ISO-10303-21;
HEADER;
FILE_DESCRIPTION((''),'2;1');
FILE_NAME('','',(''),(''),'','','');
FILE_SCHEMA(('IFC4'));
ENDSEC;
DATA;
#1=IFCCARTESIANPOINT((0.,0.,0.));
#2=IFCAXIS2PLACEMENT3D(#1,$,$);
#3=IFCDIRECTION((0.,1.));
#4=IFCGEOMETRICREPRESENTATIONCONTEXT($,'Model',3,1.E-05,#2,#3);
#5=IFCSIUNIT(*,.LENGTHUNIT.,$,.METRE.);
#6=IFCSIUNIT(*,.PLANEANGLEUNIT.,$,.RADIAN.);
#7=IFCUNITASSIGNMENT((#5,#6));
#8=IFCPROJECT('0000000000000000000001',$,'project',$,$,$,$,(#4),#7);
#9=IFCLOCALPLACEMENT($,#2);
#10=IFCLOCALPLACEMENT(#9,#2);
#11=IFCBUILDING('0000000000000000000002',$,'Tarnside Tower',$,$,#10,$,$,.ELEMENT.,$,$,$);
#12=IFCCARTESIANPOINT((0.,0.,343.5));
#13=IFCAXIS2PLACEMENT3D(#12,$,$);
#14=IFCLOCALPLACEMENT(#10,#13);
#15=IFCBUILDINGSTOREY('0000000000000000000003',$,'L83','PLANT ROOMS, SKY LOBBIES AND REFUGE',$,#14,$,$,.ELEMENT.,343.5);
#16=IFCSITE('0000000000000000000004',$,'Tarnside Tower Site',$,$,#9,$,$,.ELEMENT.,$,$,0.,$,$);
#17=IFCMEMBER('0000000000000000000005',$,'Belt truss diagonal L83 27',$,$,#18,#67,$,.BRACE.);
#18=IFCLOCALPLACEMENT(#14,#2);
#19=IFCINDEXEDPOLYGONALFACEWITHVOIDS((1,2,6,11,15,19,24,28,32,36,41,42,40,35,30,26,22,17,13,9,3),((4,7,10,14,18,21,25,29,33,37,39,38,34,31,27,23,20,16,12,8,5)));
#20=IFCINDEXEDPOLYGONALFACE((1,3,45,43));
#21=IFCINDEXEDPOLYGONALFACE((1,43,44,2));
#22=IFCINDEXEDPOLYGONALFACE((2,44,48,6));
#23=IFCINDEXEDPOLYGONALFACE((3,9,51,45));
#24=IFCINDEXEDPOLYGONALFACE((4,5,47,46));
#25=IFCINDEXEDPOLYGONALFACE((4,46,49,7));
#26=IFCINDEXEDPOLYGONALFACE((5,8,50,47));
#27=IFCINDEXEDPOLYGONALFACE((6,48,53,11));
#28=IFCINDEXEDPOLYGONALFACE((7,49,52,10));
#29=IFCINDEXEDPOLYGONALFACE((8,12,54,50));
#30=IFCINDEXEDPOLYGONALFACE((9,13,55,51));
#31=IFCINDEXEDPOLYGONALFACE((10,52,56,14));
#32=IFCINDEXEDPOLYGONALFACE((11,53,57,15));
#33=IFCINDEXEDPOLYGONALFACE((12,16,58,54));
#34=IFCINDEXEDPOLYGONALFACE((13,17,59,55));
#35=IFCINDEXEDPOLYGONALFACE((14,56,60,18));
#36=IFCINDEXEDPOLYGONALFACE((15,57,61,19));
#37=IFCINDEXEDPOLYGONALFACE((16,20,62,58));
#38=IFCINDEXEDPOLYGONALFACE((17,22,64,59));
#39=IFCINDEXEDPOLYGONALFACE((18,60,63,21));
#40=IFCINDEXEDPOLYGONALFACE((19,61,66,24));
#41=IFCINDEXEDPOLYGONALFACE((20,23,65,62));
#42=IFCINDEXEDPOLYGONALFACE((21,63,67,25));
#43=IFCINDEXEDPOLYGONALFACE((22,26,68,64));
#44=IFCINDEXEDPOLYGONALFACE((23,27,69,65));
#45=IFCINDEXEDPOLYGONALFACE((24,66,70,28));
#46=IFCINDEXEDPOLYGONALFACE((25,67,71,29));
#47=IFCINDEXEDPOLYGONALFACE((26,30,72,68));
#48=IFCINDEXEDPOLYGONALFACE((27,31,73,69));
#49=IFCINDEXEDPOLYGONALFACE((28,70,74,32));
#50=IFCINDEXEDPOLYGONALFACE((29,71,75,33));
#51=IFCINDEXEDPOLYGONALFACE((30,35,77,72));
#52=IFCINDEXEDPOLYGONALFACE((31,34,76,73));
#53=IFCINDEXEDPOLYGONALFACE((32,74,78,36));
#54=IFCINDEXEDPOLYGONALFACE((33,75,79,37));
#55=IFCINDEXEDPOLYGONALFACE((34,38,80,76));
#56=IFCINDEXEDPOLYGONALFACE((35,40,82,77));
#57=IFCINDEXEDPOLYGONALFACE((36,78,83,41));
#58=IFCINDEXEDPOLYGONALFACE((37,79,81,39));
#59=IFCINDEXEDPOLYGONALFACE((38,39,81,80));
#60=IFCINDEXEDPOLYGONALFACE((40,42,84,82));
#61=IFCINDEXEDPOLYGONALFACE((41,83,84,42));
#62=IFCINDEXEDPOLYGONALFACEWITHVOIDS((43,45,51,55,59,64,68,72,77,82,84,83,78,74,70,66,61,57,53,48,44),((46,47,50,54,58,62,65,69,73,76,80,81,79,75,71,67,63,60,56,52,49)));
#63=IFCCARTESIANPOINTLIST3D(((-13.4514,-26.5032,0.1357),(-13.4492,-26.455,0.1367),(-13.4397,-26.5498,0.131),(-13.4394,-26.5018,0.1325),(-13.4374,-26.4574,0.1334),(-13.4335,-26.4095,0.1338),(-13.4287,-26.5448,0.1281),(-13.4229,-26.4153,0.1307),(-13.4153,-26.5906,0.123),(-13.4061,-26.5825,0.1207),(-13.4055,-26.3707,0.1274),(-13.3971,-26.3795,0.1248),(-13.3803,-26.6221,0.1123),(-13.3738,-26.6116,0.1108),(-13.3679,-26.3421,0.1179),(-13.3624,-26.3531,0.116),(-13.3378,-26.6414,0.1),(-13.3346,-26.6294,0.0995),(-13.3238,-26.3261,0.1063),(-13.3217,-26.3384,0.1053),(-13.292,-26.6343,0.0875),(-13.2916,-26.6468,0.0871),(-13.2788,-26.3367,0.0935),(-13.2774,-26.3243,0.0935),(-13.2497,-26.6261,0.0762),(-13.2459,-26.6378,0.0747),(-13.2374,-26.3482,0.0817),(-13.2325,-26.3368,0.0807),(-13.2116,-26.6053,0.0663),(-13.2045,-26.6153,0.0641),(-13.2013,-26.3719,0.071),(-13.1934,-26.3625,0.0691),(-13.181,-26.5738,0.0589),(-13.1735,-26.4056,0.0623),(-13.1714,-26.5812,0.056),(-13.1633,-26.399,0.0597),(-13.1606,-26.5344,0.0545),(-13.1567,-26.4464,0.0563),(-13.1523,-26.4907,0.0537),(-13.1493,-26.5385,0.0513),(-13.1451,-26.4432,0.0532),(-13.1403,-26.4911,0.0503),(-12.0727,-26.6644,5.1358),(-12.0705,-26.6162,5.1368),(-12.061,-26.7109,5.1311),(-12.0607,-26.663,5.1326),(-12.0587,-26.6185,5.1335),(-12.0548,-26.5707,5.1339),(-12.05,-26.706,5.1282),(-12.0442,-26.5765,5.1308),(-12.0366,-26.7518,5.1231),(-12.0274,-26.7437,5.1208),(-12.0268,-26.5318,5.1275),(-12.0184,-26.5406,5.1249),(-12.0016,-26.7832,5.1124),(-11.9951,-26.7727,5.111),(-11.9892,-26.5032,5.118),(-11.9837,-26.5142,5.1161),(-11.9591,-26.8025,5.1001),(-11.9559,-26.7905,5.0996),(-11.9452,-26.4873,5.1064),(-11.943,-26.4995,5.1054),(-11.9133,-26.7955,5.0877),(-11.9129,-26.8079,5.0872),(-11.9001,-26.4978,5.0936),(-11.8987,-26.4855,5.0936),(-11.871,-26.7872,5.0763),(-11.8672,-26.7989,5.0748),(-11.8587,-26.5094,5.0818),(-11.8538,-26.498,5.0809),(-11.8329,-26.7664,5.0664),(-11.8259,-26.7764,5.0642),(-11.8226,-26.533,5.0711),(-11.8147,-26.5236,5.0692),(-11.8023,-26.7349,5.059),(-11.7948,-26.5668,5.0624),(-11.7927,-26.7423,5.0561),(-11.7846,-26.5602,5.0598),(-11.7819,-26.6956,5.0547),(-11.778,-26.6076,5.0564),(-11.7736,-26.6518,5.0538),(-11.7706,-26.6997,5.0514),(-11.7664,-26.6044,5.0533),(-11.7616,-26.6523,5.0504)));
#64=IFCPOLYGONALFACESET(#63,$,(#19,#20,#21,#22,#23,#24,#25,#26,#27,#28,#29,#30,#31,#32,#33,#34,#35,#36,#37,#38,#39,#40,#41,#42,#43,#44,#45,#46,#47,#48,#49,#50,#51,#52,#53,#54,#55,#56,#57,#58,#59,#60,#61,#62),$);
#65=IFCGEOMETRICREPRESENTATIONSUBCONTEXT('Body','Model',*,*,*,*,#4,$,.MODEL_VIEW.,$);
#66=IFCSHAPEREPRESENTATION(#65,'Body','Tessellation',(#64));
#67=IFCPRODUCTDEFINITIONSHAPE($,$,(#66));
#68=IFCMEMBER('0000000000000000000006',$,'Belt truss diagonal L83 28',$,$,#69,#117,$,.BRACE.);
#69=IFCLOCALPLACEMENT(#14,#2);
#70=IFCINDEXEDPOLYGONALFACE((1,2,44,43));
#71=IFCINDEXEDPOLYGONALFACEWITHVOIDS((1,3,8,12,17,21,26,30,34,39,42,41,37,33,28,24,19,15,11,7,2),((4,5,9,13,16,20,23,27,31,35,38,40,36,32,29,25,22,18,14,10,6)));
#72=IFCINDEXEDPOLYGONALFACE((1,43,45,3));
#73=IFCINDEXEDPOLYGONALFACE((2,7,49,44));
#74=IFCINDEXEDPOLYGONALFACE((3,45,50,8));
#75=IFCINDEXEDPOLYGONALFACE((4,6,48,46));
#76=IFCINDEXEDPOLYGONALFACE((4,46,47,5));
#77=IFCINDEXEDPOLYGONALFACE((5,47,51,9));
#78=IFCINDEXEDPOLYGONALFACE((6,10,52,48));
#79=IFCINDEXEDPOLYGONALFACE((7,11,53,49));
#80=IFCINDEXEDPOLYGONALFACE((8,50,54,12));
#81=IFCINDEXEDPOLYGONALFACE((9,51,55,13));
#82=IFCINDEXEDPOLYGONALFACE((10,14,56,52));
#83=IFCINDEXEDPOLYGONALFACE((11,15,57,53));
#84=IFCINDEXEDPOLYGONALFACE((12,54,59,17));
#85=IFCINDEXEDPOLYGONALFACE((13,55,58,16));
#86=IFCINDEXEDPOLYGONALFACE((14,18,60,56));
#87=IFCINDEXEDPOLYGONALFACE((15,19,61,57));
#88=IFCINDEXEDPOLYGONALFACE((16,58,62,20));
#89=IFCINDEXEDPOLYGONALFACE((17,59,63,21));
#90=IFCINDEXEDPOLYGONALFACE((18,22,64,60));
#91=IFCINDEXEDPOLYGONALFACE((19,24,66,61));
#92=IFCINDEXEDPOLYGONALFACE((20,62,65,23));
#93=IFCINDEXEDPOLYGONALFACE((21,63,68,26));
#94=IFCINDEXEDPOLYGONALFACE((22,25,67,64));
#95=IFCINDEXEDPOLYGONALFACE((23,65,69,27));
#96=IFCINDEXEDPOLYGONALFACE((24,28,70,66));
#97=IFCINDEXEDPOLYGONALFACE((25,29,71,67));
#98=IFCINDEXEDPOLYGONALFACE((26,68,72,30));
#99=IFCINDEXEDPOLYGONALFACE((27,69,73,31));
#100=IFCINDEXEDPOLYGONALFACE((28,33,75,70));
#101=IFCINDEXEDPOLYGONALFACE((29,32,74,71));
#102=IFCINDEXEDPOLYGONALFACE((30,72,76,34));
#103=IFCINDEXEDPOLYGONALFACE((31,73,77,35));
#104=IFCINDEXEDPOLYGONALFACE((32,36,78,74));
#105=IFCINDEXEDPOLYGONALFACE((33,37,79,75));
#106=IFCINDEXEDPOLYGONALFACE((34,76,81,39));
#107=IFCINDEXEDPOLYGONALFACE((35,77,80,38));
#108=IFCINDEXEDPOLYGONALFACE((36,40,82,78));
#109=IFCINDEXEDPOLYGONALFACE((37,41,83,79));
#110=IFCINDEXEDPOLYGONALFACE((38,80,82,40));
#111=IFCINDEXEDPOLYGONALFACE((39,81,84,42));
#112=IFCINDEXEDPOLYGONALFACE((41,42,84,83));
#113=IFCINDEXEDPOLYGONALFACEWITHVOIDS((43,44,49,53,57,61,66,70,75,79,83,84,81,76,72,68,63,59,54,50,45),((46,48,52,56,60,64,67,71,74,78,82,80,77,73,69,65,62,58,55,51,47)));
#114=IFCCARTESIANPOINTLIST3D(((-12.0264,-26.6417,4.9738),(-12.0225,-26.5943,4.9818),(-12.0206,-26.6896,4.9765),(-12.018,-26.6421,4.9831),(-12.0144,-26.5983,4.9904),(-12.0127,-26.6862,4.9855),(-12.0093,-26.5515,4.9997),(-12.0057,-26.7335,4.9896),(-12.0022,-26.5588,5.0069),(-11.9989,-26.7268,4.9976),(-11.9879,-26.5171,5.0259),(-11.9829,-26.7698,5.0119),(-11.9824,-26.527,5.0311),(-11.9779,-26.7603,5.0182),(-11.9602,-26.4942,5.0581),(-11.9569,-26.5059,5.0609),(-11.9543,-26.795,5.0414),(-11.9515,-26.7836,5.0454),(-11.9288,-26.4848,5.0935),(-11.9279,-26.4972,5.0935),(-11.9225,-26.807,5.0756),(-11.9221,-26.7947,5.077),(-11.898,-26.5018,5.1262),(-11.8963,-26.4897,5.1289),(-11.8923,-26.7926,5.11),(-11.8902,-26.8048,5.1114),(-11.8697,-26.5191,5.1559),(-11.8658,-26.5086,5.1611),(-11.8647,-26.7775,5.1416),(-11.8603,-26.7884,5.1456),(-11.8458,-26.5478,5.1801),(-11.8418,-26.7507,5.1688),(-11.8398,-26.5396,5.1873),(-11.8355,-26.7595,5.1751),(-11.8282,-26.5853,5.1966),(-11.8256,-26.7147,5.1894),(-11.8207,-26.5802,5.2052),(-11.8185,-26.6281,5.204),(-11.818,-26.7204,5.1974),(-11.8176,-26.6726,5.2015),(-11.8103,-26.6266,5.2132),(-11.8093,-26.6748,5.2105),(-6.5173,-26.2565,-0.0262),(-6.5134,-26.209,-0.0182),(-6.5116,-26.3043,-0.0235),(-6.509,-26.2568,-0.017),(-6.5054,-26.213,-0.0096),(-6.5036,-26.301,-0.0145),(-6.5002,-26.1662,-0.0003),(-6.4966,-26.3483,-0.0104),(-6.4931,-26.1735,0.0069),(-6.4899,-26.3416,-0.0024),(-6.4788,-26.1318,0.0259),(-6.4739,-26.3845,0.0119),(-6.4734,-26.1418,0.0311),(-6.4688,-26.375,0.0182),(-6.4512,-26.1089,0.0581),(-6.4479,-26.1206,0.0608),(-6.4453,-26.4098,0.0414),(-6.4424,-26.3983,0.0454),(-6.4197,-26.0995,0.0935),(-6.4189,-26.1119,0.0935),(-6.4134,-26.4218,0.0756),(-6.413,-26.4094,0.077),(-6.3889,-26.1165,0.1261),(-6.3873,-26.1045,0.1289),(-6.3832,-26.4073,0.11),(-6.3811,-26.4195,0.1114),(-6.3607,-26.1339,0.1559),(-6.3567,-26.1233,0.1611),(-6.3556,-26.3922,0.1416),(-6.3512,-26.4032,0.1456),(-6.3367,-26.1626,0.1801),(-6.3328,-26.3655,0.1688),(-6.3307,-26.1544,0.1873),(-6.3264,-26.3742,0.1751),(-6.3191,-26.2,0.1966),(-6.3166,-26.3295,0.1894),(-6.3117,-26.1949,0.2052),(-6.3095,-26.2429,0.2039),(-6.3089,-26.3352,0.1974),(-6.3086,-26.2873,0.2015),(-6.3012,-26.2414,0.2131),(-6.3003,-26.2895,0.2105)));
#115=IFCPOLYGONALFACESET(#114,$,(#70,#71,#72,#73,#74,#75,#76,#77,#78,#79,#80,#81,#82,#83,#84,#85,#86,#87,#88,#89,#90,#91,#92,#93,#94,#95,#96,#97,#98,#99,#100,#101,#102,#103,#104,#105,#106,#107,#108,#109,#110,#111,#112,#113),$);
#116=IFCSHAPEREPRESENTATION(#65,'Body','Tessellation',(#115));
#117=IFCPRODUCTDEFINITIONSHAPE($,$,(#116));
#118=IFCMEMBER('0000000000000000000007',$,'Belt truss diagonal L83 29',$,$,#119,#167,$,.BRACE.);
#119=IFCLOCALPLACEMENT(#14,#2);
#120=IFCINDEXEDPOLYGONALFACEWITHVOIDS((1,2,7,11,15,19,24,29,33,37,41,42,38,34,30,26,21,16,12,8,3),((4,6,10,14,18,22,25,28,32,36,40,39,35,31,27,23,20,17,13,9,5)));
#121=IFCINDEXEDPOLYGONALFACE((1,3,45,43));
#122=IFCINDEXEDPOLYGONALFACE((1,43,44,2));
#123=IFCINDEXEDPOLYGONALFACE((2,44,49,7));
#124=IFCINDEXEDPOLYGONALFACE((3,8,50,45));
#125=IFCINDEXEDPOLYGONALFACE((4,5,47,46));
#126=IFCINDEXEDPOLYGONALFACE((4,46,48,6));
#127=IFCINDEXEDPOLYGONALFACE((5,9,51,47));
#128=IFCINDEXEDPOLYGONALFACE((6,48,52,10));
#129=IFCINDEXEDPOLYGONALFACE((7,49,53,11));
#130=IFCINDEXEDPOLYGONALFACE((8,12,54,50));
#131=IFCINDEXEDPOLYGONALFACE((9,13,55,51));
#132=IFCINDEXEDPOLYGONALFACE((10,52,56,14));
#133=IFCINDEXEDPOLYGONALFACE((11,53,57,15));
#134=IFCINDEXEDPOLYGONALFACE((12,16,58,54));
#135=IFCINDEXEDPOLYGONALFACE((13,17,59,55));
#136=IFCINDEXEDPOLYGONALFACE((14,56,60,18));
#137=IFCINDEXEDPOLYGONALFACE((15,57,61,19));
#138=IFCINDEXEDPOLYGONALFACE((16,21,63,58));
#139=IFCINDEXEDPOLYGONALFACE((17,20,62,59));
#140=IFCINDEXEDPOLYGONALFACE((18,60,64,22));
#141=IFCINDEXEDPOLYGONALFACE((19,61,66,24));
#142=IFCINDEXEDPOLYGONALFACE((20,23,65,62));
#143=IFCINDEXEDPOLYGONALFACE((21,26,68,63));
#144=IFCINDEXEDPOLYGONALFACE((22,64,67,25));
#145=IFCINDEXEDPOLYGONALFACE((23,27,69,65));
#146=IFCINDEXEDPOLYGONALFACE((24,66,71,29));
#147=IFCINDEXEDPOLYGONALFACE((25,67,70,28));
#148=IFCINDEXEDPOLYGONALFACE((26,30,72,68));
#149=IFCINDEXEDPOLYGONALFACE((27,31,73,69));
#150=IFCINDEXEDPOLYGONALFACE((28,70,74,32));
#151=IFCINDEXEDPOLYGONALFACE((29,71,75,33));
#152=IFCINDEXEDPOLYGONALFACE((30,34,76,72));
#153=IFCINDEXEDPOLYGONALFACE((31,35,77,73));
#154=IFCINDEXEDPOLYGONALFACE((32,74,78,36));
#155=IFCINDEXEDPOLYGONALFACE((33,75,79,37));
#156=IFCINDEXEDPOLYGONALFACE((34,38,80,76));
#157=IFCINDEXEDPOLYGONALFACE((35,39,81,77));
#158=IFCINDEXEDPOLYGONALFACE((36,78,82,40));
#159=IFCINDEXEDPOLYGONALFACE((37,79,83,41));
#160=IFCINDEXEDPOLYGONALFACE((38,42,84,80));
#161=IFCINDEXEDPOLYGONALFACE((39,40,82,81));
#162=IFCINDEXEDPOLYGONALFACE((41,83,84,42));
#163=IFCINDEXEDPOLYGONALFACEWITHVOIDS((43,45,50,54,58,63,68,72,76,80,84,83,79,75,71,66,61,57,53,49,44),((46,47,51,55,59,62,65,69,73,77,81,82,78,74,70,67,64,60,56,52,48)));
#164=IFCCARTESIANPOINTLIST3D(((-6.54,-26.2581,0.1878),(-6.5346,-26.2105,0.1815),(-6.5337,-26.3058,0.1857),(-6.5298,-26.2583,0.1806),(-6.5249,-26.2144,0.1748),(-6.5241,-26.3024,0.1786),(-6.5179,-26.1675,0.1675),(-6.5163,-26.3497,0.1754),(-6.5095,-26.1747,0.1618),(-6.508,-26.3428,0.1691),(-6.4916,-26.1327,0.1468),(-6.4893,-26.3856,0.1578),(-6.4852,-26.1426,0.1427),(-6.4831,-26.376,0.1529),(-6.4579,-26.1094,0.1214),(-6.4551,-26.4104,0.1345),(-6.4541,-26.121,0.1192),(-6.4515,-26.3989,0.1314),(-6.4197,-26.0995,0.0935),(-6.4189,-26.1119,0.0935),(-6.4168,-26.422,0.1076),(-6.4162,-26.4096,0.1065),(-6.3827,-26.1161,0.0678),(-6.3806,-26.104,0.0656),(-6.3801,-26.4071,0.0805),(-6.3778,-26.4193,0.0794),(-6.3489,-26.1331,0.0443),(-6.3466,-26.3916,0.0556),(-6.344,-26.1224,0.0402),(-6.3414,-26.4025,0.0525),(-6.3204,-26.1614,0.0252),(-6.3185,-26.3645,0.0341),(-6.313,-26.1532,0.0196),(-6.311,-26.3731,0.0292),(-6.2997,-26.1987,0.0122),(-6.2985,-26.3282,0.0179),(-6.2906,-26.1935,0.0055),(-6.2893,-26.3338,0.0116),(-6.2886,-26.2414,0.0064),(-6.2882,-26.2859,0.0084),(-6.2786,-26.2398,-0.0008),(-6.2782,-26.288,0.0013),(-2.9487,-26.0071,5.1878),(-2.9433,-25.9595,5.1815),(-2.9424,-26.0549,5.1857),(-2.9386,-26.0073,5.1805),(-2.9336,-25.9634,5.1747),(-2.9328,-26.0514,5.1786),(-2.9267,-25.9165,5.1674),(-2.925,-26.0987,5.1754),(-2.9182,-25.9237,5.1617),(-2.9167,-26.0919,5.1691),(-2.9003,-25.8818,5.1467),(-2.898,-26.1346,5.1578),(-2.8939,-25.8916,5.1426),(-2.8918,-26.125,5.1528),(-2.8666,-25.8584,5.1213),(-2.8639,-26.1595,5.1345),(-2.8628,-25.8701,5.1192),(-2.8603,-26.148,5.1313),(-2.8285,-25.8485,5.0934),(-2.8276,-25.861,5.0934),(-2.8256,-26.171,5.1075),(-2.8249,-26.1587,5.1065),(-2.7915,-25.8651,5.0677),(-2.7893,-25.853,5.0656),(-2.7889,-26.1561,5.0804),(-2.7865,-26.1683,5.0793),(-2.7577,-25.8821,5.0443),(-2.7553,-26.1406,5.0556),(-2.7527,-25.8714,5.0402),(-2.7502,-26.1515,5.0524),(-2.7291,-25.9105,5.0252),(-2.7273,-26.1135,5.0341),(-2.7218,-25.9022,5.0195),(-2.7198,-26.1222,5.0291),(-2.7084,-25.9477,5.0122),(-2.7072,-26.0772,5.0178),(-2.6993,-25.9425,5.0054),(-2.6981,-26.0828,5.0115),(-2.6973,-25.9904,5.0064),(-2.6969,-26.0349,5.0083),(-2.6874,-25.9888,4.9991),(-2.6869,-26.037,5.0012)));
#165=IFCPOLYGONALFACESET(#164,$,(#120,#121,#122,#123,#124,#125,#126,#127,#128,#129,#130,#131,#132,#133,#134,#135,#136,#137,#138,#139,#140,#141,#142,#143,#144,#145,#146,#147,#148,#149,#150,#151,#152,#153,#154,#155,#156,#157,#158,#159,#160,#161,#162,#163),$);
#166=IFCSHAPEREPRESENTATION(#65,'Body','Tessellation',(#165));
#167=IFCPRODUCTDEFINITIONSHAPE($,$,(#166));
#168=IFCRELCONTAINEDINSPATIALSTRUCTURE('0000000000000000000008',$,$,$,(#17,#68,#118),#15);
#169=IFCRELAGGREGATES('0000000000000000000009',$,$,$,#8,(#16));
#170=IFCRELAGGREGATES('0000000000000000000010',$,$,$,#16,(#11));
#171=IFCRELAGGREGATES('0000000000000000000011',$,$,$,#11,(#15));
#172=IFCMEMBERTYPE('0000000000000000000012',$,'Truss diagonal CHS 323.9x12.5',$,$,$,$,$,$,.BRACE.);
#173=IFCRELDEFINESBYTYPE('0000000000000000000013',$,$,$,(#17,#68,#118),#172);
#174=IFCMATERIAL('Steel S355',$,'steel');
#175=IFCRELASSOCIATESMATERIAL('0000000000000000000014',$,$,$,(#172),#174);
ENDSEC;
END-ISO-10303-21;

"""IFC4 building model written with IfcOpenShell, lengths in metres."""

from ifc_helpers import new_model, si_unit, direction, frame, origin, origin_2d, place, context, subcontext, project, spatial, hollow_circle, extrude, material, material_profile, profile_set, type_object, element, save


model = new_model("IFC4")

# Units and contexts
model_context = context("Model", 3, precision=1e-05, world=origin(), true_north=direction((0.0, 1.0)))
body_context = subcontext(model_context, "Body", "Model", "MODEL_VIEW")
ifc_project = project(units=[si_unit("LENGTHUNIT", "METRE"), si_unit("PLANEANGLEUNIT", "RADIAN")], contexts=[model_context])

# Site, building, storey
site_placement = place(None, origin())
site = spatial("IfcSite", under=ifc_project, at=site_placement, Name="Tarnside Tower Site", CompositionType="ELEMENT", RefElevation=0.0)
building_placement = place(site_placement, origin())
building = spatial("IfcBuilding", under=site, at=building_placement, Name="Tarnside Tower", CompositionType="ELEMENT")
storey_placement = place(building_placement, frame((0.0, 0.0, 343.5)))
storey = spatial("IfcBuildingStorey", under=building, at=storey_placement, Name="L83", Description="PLANT ROOMS, SKY LOBBIES AND REFUGE", CompositionType="ELEMENT", Elevation=343.5)

# Shared definitions
ifc_material_1 = material(Name="Steel S355", Category="steel")

# Members
ifc_material_profile_1 = material_profile(ifc_material_1, hollow_circle(Radius=0.1619, WallThickness=0.0125, at=origin_2d()), Name="CHS 323.9x12.5")
ifc_profile_set_1 = profile_set([ifc_material_profile_1], Name="Steel S355")
member_type_1 = type_object("IfcMemberType", Name="Truss diagonal CHS 323.9x12.5", PredefinedType="BRACE", material=ifc_profile_set_1)
for number, where, z_axis, x_axis, name in (
    (1, (-13.2961, -26.4851, 0.0935), (0.265685, -0.031052, 0.96356), (0.116086, 0.993239, 0.0), "Belt truss diagonal L83 27"),
):
    element("IfcMember", number, at=place(storey_placement, frame(where, z_axis=z_axis, x_axis=x_axis)), inside=storey, type_object=member_type_1, Name=name, PredefinedType="BRACE", context=body_context, shape_type="SweptSolid", body=[
        extrude(hollow_circle(Radius=0.1619, WallThickness=0.0125, at=origin_2d()), origin(), (0.0, 0.0, 1.0), 5.1892),
    ])
member_1_placement = place(storey_placement, frame((-11.9175, -26.6462, 5.0935), z_axis=(0.739498, 0.051714, -0.671169), x_axis=(-0.069761, 0.997564, 0.0)))
element("IfcMember", 2, at=member_1_placement, inside=storey, type_object=member_type_1, Name="Belt truss diagonal L83 28", PredefinedType="BRACE", context=body_context, shape_type="SweptSolid", body=[
    extrude(hollow_circle(Radius=0.1619, WallThickness=0.0125, at=origin_2d()), origin(), (0.0, 0.0, 1.0), 7.4497),
])
for number, where, z_axis, x_axis, name in (
    (3, (-6.4084, -26.261, 0.0935), (0.58289, 0.040735, 0.811529), (-0.069714, 0.997567, 0.0), "Belt truss diagonal L83 29"),
):
    element("IfcMember", number, at=place(storey_placement, frame(where, z_axis=z_axis, x_axis=x_axis)), inside=storey, type_object=member_type_1, Name=name, PredefinedType="BRACE", context=body_context, shape_type="SweptSolid", body=[
        extrude(hollow_circle(Radius=0.1619, WallThickness=0.0125, at=origin_2d()), origin(), (0.0, 0.0, 1.0), 6.1611),
    ])

save(model, "model.ifc")
